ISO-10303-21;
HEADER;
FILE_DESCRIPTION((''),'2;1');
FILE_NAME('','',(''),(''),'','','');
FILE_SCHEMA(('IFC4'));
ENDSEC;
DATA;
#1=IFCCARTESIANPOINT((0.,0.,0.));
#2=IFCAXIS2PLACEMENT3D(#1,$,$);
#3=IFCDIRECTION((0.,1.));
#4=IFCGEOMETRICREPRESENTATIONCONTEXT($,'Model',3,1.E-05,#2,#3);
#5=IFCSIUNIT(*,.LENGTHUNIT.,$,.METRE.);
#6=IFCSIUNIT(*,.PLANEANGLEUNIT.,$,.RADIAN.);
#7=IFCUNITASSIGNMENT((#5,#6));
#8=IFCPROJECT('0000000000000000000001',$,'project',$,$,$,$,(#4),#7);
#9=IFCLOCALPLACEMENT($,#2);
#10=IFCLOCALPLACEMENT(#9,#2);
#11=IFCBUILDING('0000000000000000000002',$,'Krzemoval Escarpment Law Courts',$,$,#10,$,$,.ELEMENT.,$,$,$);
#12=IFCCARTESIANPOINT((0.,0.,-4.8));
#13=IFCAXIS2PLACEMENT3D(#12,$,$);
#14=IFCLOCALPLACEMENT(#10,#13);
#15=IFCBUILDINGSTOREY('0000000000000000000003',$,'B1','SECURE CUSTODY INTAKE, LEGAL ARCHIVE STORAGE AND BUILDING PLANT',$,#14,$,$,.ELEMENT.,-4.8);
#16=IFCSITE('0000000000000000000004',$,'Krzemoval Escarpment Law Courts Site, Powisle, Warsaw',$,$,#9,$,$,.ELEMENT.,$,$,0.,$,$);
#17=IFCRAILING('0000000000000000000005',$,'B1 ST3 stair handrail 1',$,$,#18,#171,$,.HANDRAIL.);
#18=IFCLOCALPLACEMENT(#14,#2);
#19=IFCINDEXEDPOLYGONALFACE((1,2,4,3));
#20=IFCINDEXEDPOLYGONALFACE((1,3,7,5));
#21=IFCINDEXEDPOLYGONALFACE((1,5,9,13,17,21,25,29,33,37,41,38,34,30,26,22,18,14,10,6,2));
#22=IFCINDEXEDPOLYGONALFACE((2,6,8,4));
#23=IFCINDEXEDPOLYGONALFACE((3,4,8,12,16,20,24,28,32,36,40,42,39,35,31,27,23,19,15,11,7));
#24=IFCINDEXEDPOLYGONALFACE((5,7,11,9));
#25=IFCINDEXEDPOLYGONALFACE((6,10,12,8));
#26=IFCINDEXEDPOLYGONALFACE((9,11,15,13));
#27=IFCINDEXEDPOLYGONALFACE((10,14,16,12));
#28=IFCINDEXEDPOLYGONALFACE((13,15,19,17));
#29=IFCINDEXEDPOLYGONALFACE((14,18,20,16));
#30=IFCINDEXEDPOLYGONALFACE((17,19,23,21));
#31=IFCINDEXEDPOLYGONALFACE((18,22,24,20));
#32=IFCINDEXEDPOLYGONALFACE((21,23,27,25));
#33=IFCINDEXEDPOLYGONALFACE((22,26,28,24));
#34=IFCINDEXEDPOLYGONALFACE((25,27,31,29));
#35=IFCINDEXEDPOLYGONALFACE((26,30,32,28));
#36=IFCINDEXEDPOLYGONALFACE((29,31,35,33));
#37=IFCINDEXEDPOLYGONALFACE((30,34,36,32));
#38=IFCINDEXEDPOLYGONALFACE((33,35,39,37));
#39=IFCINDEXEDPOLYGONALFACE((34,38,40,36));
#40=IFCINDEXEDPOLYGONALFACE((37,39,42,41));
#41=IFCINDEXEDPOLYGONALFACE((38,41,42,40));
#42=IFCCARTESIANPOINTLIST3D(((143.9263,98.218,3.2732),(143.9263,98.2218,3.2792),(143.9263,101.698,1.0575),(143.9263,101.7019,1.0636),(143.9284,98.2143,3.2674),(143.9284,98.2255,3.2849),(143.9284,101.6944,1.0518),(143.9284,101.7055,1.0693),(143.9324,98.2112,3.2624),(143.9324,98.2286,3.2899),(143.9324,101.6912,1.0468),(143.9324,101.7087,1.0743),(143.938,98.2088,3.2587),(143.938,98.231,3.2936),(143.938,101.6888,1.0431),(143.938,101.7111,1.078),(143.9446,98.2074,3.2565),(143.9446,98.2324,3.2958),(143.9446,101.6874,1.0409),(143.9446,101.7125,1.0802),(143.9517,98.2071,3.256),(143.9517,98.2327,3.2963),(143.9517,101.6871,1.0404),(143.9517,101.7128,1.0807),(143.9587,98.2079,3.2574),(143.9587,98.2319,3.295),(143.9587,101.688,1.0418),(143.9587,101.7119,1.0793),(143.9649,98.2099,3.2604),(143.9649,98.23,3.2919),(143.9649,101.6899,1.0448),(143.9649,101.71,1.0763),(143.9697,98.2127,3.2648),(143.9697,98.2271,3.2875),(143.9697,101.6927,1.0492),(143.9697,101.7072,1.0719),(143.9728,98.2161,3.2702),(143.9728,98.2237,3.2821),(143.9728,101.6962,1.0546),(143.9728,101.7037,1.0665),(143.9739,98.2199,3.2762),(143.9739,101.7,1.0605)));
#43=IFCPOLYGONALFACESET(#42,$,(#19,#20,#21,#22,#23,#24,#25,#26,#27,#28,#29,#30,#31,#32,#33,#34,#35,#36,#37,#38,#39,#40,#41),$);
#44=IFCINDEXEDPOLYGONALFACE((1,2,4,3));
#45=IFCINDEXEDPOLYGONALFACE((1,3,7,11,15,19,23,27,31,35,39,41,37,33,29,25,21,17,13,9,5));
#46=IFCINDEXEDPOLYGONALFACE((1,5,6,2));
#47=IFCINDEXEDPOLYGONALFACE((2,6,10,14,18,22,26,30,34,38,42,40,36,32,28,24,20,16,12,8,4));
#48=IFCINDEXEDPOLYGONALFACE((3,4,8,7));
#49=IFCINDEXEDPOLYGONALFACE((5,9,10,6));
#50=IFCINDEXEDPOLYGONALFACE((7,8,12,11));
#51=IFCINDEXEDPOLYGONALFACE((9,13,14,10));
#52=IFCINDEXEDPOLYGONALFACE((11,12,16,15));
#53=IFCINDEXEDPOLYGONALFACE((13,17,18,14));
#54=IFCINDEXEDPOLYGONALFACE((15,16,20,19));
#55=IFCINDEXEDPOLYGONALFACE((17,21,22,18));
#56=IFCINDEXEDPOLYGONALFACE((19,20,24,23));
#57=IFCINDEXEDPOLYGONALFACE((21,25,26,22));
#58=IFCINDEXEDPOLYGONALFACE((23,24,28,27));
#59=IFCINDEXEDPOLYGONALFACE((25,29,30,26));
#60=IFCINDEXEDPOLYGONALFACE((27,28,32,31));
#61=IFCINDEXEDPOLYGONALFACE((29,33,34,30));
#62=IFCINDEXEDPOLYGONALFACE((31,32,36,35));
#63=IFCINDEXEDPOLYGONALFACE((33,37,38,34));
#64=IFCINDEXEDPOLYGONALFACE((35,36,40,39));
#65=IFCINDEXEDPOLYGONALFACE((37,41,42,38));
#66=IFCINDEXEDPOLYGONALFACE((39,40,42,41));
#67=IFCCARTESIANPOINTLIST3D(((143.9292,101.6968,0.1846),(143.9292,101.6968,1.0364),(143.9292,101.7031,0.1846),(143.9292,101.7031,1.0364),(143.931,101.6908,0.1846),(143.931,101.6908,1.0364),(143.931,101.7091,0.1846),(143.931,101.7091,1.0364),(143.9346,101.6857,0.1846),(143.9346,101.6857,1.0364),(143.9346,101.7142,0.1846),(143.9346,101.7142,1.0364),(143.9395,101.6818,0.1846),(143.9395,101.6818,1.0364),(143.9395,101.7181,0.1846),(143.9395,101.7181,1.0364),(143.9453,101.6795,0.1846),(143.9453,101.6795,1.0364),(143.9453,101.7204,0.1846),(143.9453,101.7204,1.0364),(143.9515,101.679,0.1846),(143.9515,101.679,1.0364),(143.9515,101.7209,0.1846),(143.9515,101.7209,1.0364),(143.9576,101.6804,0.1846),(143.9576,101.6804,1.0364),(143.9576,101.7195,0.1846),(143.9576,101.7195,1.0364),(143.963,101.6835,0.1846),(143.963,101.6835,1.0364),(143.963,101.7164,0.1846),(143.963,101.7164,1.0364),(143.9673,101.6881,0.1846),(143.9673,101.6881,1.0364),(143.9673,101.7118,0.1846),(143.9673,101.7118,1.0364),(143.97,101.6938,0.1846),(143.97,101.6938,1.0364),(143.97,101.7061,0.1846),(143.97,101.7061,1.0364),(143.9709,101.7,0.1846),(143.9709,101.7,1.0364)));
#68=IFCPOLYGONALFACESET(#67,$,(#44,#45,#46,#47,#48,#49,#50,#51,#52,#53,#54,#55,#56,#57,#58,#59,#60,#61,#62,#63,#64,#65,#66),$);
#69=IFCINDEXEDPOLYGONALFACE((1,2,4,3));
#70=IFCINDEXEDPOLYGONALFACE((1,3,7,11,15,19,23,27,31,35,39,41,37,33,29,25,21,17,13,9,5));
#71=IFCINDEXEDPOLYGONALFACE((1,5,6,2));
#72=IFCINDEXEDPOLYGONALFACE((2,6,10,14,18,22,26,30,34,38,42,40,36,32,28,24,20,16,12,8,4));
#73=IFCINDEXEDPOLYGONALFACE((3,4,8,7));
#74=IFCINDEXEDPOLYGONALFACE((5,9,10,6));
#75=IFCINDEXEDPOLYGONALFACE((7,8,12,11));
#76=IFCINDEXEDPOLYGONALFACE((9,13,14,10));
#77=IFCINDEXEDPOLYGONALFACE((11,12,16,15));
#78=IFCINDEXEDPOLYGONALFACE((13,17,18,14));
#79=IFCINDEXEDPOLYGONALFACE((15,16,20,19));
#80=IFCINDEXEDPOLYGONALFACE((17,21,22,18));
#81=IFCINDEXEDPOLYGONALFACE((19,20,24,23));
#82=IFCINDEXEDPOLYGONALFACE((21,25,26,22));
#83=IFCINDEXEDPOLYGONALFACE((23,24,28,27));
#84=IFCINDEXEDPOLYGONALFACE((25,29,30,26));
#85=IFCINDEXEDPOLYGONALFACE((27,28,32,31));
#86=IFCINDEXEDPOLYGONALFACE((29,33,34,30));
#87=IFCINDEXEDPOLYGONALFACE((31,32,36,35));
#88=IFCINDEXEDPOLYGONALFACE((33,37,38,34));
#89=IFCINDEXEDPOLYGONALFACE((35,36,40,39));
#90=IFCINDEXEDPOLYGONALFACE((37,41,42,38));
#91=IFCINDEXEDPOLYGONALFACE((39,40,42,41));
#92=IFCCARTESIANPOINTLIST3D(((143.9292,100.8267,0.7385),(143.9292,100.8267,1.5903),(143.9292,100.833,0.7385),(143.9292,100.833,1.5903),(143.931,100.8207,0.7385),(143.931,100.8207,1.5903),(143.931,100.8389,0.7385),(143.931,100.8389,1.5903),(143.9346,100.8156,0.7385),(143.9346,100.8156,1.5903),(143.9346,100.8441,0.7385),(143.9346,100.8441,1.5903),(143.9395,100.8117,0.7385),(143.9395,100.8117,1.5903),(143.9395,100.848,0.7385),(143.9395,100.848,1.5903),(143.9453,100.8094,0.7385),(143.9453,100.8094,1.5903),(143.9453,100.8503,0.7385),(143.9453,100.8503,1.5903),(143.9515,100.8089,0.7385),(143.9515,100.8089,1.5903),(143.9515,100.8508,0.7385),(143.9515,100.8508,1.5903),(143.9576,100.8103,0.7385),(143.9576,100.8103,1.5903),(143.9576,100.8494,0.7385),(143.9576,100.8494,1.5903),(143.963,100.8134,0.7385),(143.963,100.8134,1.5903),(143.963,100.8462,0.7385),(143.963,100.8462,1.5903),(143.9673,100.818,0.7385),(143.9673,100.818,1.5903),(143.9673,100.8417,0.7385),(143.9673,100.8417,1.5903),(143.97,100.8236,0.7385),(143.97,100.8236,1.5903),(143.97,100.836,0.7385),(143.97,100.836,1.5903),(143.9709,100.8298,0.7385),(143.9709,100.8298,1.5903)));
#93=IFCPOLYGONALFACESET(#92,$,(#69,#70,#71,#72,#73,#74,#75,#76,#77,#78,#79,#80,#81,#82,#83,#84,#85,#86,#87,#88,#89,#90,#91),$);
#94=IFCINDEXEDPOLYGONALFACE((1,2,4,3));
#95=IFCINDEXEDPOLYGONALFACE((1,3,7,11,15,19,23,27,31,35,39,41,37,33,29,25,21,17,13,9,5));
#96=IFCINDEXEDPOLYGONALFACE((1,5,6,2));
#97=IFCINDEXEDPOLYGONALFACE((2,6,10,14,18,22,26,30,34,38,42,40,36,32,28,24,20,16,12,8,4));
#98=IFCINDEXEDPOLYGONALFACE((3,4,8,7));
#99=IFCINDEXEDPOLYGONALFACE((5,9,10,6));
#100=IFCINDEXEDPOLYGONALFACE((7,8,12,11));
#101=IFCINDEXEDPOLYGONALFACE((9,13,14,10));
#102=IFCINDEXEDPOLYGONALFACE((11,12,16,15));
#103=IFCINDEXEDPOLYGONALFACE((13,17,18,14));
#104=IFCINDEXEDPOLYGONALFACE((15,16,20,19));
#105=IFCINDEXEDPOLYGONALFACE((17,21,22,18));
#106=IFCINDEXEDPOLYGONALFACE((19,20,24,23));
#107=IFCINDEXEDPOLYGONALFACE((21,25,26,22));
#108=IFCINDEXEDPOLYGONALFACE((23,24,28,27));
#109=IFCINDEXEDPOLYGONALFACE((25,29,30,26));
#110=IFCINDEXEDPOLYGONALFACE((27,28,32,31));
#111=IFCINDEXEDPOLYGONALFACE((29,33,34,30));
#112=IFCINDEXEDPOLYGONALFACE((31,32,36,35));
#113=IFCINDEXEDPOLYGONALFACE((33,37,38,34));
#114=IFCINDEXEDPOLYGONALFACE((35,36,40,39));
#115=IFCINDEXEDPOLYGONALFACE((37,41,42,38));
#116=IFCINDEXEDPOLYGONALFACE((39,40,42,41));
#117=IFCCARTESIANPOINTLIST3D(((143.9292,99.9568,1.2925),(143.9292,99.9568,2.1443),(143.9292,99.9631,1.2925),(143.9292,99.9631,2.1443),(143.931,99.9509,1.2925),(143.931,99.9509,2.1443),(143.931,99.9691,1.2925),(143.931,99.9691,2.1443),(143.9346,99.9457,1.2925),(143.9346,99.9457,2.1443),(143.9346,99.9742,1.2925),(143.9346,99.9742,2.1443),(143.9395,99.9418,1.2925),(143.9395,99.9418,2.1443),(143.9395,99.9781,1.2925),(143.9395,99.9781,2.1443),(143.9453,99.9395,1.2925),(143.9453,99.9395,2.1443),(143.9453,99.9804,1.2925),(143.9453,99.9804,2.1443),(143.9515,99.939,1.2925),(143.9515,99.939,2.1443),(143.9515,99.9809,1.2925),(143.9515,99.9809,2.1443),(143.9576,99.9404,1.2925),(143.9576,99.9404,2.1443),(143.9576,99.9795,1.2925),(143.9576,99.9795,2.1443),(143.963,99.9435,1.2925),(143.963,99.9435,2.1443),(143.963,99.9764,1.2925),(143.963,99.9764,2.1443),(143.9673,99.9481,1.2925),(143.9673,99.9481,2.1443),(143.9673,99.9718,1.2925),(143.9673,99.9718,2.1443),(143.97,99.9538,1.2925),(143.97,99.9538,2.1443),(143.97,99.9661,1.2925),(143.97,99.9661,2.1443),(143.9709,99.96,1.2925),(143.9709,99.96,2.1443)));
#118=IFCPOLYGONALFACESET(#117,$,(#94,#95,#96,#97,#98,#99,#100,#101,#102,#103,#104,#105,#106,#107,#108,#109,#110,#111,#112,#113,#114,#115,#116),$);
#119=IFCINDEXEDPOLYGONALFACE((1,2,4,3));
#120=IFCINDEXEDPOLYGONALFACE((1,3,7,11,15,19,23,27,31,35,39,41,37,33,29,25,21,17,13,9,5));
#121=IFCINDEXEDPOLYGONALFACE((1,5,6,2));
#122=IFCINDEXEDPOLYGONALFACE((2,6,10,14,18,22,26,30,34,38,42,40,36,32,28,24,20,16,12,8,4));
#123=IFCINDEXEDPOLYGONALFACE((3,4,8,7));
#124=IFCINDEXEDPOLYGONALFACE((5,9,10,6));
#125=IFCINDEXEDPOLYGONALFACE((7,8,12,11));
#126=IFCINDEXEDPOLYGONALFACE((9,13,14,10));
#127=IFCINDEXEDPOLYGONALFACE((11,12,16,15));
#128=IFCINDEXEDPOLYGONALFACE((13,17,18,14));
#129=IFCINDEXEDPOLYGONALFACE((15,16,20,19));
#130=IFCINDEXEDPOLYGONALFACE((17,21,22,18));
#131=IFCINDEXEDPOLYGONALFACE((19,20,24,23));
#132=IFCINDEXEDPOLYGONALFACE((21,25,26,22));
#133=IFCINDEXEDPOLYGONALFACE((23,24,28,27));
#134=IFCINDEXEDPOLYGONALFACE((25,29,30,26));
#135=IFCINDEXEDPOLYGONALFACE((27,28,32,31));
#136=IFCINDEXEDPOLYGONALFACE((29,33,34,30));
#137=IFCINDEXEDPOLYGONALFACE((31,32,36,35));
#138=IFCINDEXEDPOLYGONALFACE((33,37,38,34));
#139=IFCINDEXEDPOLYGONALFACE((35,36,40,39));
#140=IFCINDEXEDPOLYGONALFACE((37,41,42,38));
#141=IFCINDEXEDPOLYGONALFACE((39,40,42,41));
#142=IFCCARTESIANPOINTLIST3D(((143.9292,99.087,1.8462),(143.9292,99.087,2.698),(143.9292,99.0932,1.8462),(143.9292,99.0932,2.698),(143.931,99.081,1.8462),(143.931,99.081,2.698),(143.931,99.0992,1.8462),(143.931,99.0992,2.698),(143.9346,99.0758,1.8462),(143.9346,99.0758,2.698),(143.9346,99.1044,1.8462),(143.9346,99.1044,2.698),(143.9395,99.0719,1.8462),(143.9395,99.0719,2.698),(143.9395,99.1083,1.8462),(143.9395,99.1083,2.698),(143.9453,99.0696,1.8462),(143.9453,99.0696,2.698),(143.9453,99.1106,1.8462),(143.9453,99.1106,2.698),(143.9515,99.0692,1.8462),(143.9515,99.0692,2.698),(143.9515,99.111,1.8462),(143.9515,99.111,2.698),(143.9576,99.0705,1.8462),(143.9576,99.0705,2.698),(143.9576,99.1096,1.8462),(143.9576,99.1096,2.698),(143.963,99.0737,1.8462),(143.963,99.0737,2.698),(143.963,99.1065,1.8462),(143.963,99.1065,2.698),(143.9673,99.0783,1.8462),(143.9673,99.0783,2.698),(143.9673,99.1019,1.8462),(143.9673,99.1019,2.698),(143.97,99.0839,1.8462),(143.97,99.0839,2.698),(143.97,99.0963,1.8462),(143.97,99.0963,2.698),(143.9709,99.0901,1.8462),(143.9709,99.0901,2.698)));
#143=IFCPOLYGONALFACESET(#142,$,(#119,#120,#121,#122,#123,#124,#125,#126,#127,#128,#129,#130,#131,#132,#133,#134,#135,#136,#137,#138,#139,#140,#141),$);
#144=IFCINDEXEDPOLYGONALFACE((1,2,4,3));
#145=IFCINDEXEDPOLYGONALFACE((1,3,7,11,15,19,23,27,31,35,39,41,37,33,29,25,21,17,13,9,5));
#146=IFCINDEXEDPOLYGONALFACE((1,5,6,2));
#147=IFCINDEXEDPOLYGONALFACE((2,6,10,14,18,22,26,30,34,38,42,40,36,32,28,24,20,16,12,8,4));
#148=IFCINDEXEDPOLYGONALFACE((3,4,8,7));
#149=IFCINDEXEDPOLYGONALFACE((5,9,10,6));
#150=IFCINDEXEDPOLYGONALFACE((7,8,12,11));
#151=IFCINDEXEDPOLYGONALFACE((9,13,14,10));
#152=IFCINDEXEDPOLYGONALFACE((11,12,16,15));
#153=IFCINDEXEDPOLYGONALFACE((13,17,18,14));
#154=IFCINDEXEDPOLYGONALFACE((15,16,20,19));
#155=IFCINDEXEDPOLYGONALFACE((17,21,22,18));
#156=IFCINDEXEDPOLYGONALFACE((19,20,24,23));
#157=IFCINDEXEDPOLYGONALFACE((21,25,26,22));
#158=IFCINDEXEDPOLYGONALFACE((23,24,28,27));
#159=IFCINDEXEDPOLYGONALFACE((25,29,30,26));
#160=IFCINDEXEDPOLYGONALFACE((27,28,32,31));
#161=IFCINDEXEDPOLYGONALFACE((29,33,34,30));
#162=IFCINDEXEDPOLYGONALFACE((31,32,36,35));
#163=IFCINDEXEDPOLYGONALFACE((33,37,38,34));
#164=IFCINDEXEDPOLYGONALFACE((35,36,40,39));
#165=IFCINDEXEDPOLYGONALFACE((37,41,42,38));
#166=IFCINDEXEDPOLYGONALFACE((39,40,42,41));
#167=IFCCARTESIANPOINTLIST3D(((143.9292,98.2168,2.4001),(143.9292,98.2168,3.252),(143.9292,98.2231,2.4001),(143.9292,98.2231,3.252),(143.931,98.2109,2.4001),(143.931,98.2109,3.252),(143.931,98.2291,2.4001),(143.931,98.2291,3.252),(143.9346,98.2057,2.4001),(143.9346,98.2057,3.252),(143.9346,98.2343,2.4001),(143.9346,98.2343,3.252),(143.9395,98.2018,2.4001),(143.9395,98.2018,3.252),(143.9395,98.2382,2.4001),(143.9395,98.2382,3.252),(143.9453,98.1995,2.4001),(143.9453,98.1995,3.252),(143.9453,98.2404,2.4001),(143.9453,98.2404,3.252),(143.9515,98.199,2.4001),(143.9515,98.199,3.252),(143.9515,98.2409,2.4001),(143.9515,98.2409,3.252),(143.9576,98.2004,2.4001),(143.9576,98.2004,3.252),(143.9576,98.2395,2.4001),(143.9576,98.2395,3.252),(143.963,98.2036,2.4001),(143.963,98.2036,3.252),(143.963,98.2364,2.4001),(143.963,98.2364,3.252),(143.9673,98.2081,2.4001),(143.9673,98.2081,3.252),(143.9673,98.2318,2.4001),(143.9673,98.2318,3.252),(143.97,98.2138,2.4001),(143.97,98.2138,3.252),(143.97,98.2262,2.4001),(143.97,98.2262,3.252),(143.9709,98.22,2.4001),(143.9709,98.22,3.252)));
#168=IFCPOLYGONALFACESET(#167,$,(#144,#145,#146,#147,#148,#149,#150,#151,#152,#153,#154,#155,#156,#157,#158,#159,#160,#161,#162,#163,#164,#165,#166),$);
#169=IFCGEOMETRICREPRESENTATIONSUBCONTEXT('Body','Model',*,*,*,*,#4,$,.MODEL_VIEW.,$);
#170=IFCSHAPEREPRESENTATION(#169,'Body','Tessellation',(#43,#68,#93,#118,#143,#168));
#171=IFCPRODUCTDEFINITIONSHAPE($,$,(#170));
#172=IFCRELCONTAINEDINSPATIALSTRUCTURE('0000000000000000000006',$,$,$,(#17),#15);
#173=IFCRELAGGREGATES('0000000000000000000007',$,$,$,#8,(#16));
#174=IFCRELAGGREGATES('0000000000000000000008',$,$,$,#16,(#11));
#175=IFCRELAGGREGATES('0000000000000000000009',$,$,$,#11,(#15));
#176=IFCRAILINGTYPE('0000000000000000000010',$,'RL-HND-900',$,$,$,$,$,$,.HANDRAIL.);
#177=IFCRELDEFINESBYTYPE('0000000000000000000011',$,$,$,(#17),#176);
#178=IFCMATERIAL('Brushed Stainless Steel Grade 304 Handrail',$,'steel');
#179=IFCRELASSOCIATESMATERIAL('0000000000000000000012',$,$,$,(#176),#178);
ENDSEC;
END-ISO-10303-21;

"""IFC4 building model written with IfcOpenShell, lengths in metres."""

from ifc_helpers import new_model, si_unit, direction, frame, origin, origin_2d, place, context, subcontext, project, spatial, circle, extrude, material, type_object, element, save


model = new_model("IFC4")

# Units and contexts
model_context = context("Model", 3, precision=1e-05, world=origin(), true_north=direction((0.0, 1.0)))
body_context = subcontext(model_context, "Body", "Model", "MODEL_VIEW")
ifc_project = project(units=[si_unit("LENGTHUNIT", "METRE"), si_unit("PLANEANGLEUNIT", "RADIAN")], contexts=[model_context])

# Site, building, storey
site_placement = place(None, origin())
site = spatial("IfcSite", under=ifc_project, at=site_placement, Name="Krzemoval Escarpment Law Courts Site, Powisle, Warsaw", CompositionType="ELEMENT", RefElevation=0.0)
building_placement = place(site_placement, origin())
building = spatial("IfcBuilding", under=site, at=building_placement, Name="Krzemoval Escarpment Law Courts", CompositionType="ELEMENT")
storey_placement = place(building_placement, frame((0.0, 0.0, -4.8)))
storey = spatial("IfcBuildingStorey", under=building, at=storey_placement, Name="B1", Description="SECURE CUSTODY INTAKE, LEGAL ARCHIVE STORAGE AND BUILDING PLANT", CompositionType="ELEMENT", Elevation=-4.8)

# Railing
ifc_material_1 = material(Name="Brushed Stainless Steel Grade 304 Handrail", Category="steel")
railing_type_1 = type_object("IfcRailingType", Name="RL-HND-900", PredefinedType="HANDRAIL", material=ifc_material_1)
railing_1_placement = place(storey_placement, frame((143.95, 101.7, 0.1846)))
element("IfcRailing", 1, at=railing_1_placement, inside=storey, type_object=railing_type_1, Name="B1 ST3 stair handrail 1", PredefinedType="HANDRAIL", context=body_context, shape_type="SweptSolid", body=[
    extrude(circle(Radius=0.0239, at=origin_2d()), frame((0.0, 0.0, 0.876), z_axis=(0.0, -0.843547, 0.537055), x_axis=(1.0, 0.0, 0.0)), (0.0, 0.0, 1.0), 4.1255),
    extrude(circle(Radius=0.021, at=origin_2d()), origin(), (0.0, 0.0, 1.0), 0.8518),
    extrude(circle(Radius=0.021, at=origin_2d()), frame((0.0, -0.8701, 0.554)), (0.0, 0.0, 1.0), 0.8518),
    extrude(circle(Radius=0.021, at=origin_2d()), frame((0.0, -1.74, 1.1079)), (0.0, 0.0, 1.0), 0.8518),
    extrude(circle(Radius=0.021, at=origin_2d()), frame((0.0, -2.6099, 1.6616)), (0.0, 0.0, 1.0), 0.8518),
    extrude(circle(Radius=0.021, at=origin_2d()), frame((0.0, -3.48, 2.2156)), (0.0, 0.0, 1.0), 0.8518),
])

save(model, "model.ifc")
